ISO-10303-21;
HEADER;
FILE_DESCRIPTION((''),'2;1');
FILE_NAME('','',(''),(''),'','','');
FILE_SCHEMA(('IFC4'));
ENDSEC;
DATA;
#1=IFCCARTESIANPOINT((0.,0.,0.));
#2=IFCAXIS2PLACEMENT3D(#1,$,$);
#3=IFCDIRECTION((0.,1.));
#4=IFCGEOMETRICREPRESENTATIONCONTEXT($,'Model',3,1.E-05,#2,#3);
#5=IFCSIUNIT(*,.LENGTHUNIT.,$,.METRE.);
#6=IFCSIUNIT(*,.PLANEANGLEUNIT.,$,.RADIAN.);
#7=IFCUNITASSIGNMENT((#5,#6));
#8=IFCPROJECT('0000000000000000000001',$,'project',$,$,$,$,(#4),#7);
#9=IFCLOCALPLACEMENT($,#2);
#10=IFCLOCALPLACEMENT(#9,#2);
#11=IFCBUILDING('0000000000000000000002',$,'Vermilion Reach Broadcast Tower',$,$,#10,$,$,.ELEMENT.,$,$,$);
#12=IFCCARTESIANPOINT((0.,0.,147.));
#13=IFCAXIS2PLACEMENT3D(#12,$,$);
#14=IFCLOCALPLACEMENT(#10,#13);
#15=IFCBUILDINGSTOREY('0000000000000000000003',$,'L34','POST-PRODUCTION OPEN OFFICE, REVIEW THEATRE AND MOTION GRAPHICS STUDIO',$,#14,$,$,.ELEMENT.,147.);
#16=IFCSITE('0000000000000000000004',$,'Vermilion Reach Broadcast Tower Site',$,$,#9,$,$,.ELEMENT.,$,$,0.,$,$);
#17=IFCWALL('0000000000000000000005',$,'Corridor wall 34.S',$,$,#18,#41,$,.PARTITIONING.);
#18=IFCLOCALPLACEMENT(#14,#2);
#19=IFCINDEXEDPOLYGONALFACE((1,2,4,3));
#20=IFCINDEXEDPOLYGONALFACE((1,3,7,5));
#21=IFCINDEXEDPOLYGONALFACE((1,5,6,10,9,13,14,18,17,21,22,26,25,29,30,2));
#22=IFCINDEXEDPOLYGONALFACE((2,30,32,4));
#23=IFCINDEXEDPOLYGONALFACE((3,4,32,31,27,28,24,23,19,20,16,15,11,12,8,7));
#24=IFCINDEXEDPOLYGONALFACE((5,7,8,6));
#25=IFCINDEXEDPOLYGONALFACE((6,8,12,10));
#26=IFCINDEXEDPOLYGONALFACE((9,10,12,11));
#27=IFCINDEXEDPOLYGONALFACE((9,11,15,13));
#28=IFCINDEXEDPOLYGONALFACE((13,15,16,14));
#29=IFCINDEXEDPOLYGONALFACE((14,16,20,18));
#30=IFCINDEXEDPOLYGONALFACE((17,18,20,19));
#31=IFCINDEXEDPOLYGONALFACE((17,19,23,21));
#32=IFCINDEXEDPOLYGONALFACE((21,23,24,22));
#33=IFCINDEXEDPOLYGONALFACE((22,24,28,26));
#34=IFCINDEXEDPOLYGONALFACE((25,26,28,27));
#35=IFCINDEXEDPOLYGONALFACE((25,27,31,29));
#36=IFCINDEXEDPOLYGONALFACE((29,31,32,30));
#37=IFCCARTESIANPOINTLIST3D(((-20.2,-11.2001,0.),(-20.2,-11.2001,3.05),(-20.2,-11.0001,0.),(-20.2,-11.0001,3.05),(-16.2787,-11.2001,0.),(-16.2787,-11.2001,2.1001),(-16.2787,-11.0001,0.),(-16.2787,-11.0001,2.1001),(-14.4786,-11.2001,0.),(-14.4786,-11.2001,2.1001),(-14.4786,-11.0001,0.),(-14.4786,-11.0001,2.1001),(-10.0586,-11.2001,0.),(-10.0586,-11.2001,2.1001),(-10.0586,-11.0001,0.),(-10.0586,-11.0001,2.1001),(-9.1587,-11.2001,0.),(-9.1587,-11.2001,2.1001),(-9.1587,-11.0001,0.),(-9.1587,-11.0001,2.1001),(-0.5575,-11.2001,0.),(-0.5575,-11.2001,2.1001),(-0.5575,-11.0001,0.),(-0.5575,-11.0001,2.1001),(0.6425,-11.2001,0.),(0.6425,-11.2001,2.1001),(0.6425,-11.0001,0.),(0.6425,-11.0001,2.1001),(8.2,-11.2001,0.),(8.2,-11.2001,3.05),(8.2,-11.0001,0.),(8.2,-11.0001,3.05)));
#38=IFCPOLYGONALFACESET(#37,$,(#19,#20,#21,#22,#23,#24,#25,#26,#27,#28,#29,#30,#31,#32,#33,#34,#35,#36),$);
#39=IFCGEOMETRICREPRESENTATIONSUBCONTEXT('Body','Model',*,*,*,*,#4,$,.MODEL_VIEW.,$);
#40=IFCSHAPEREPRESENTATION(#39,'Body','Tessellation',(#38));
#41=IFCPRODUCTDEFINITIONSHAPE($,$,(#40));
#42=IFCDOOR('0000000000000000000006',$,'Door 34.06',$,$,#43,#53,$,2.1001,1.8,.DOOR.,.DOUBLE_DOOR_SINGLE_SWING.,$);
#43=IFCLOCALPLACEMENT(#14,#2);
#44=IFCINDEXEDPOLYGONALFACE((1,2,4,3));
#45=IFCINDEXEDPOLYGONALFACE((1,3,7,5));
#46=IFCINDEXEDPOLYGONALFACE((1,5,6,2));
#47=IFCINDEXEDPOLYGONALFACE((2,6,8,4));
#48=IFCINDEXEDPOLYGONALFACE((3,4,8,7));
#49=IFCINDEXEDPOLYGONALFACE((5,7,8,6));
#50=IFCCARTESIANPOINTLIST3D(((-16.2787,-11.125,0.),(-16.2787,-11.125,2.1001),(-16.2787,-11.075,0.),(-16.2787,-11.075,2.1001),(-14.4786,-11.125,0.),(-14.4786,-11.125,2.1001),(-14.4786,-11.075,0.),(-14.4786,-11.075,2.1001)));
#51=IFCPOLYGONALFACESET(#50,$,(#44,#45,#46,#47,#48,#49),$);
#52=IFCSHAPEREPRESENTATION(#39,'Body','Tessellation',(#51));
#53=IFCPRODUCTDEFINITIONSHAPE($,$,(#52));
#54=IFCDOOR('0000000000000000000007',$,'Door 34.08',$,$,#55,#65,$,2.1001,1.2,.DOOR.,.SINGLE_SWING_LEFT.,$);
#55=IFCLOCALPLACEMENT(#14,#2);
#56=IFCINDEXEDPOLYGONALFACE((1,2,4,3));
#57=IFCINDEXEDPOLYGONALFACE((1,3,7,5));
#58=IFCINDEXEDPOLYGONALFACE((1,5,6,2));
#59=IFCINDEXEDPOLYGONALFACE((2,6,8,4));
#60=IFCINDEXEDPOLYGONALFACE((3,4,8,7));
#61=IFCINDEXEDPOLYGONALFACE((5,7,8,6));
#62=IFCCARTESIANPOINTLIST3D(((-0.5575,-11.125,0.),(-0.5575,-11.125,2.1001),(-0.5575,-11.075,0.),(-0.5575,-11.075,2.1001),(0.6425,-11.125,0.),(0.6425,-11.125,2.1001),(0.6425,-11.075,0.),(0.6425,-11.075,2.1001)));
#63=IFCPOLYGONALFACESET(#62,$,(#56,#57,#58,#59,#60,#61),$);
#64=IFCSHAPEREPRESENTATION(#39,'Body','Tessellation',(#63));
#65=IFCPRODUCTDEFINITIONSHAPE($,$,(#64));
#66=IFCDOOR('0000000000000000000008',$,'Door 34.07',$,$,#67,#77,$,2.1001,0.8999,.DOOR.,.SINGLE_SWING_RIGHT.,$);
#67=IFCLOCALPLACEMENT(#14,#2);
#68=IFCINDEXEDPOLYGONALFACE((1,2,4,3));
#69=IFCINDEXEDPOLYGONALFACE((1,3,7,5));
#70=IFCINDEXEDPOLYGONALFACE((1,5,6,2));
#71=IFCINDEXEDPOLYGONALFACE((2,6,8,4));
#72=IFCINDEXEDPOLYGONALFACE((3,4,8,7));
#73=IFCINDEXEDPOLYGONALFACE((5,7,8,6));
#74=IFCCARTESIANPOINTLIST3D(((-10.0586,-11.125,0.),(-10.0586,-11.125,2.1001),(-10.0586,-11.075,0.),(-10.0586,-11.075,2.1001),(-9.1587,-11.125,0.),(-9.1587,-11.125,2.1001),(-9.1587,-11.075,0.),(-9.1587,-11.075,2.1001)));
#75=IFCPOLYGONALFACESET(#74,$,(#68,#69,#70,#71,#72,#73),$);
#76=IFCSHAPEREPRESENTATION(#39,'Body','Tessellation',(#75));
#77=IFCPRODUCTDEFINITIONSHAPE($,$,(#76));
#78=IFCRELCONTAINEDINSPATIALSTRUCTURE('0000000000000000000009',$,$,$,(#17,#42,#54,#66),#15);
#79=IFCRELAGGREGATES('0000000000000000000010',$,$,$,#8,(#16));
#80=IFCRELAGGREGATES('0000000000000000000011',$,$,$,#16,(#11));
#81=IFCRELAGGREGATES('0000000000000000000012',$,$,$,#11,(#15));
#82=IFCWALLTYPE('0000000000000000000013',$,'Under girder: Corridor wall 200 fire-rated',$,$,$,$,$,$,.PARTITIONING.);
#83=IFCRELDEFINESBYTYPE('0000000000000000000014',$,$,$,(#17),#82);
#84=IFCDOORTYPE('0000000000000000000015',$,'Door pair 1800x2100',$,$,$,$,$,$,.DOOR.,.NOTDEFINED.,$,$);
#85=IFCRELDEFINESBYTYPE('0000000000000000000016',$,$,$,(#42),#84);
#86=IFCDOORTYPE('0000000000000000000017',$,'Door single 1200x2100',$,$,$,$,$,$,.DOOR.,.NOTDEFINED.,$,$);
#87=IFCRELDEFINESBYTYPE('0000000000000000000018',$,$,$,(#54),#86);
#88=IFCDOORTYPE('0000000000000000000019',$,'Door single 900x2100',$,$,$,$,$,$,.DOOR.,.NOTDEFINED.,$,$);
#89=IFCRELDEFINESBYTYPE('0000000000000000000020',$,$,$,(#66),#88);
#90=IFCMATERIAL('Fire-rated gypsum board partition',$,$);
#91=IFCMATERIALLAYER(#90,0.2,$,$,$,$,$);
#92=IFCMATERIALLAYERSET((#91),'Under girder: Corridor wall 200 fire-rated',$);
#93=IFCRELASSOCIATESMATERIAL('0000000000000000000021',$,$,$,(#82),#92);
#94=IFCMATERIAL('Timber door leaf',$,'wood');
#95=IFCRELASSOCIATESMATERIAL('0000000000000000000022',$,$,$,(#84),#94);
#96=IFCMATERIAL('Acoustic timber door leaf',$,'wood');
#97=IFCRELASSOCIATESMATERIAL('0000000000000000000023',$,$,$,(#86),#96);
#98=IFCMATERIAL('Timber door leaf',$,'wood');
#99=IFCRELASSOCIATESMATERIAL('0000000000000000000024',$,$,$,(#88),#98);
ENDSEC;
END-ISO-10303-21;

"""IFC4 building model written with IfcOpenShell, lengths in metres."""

from ifc_helpers import new_model, si_unit, direction, frame, frame_2d, origin, place, context, subcontext, project, spatial, rectangle, extrude, material, layer, layer_set, type_object, element, fill, save


model = new_model("IFC4")

# Units and contexts
model_context = context("Model", 3, precision=1e-05, world=origin(), true_north=direction((0.0, 1.0)))
body_context = subcontext(model_context, "Body", "Model", "MODEL_VIEW")
ifc_project = project(units=[si_unit("LENGTHUNIT", "METRE"), si_unit("PLANEANGLEUNIT", "RADIAN")], contexts=[model_context])

# Site, building, storey
site_placement = place(None, origin())
site = spatial("IfcSite", under=ifc_project, at=site_placement, Name="Vermilion Reach Broadcast Tower Site", CompositionType="ELEMENT", RefElevation=0.0)
building_placement = place(site_placement, origin())
building = spatial("IfcBuilding", under=site, at=building_placement, Name="Vermilion Reach Broadcast Tower", CompositionType="ELEMENT")
storey_placement = place(building_placement, frame((0.0, 0.0, 147.0)))
storey = spatial("IfcBuildingStorey", under=building, at=storey_placement, Name="L34", Description="POST-PRODUCTION OPEN OFFICE, REVIEW THEATRE AND MOTION GRAPHICS STUDIO", CompositionType="ELEMENT", Elevation=147.0)

# Wall, openings, doors
ifc_material_1 = material(Name="Fire-rated gypsum board partition")
ifc_layer_1 = layer(ifc_material_1, 0.2)
ifc_layer_set_1 = layer_set([ifc_layer_1], Name="Under girder: Corridor wall 200 fire-rated")
wall_type_1 = type_object("IfcWallType", Name="Under girder: Corridor wall 200 fire-rated", PredefinedType="PARTITIONING", material=ifc_layer_set_1)
wall_1_placement = place(storey_placement, frame((8.2, -11.1001, 0.0), z_axis=(0.0, 0.0, 1.0), x_axis=(-1.0, 0.0, 0.0)))
wall_1 = element("IfcWall", 1, at=wall_1_placement, inside=storey, type_object=wall_type_1, Name="Corridor wall 34.S", PredefinedType="PARTITIONING", context=body_context, shape_type="SweptSolid", body=[
    extrude(rectangle(XDim=28.3999, YDim=0.2, at=frame_2d((14.2, 0.0))), origin(), (0.0, 0.0, 1.0), 3.05),
])
opening_1_placement = place(wall_1_placement, frame((22.6787, 0.0, 0.0)))
opening_1 = element("IfcOpeningElement", 2, at=opening_1_placement, cuts=wall_1, PredefinedType="OPENING", context=body_context, shape_type="SweptSolid", body=[
    extrude(rectangle(XDim=1.8, YDim=2.1001, at=frame_2d((0.8999, 1.05))), frame((0.0, 0.1099, 0.0), z_axis=(0.0, -1.0, 0.0), x_axis=(1.0, 0.0, 0.0)), (0.0, 0.0, 1.0), 0.22),
])
opening_2_placement = place(wall_1_placement, frame((17.3586, 0.0, 0.0)))
opening_2 = element("IfcOpeningElement", 3, at=opening_2_placement, cuts=wall_1, PredefinedType="OPENING", context=body_context, shape_type="SweptSolid", body=[
    extrude(rectangle(XDim=0.8999, YDim=2.1001, at=frame_2d((0.45, 1.05))), frame((0.0, 0.1099, 0.0), z_axis=(0.0, -1.0, 0.0), x_axis=(1.0, 0.0, 0.0)), (0.0, 0.0, 1.0), 0.22),
])
opening_3_placement = place(wall_1_placement, frame((7.5574, 0.0, 0.0)))
opening_3 = element("IfcOpeningElement", 4, at=opening_3_placement, cuts=wall_1, PredefinedType="OPENING", context=body_context, shape_type="SweptSolid", body=[
    extrude(rectangle(XDim=1.2, YDim=2.1001, at=frame_2d((0.6001, 1.05))), frame((0.0, 0.1099, 0.0), z_axis=(0.0, -1.0, 0.0), x_axis=(1.0, 0.0, 0.0)), (0.0, 0.0, 1.0), 0.22),
])
ifc_material_2 = material(Name="Timber door leaf", Category="wood")
door_type_1 = type_object("IfcDoorType", Name="Door pair 1800x2100", OperationType="NOTDEFINED", PredefinedType="DOOR", material=ifc_material_2)
door_1_placement = place(opening_1_placement, origin())
door_1 = element("IfcDoor", 5, at=door_1_placement, inside=storey, type_object=door_type_1, Name="Door 34.06", OperationType="DOUBLE_DOOR_SINGLE_SWING", OverallHeight=2.1001, OverallWidth=1.8, PredefinedType="DOOR", context=body_context, shape_type="SweptSolid", body=[
    extrude(rectangle(XDim=1.8, YDim=2.1001, at=frame_2d((0.8999, 1.05))), frame((0.0, 0.0249, 0.0), z_axis=(0.0, -1.0, 0.0), x_axis=(1.0, 0.0, 0.0)), (0.0, 0.0, 1.0), 0.05),
])
fill(opening_1, door_1)
ifc_material_3 = material(Name="Acoustic timber door leaf", Category="wood")
door_type_2 = type_object("IfcDoorType", Name="Door single 1200x2100", OperationType="NOTDEFINED", PredefinedType="DOOR", material=ifc_material_3)
door_2_placement = place(opening_3_placement, origin())
door_2 = element("IfcDoor", 6, at=door_2_placement, inside=storey, type_object=door_type_2, Name="Door 34.08", OperationType="SINGLE_SWING_LEFT", OverallHeight=2.1001, OverallWidth=1.2, PredefinedType="DOOR", context=body_context, shape_type="SweptSolid", body=[
    extrude(rectangle(XDim=1.2, YDim=2.1001, at=frame_2d((0.6001, 1.05))), frame((0.0, 0.0249, 0.0), z_axis=(0.0, -1.0, 0.0), x_axis=(1.0, 0.0, 0.0)), (0.0, 0.0, 1.0), 0.05),
])
fill(opening_3, door_2)
ifc_material_4 = material(Name="Timber door leaf", Category="wood")
door_type_3 = type_object("IfcDoorType", Name="Door single 900x2100", OperationType="NOTDEFINED", PredefinedType="DOOR", material=ifc_material_4)
door_3_placement = place(opening_2_placement, origin())
door_3 = element("IfcDoor", 7, at=door_3_placement, inside=storey, type_object=door_type_3, Name="Door 34.07", OperationType="SINGLE_SWING_RIGHT", OverallHeight=2.1001, OverallWidth=0.8999, PredefinedType="DOOR", context=body_context, shape_type="SweptSolid", body=[
    extrude(rectangle(XDim=0.8999, YDim=2.1001, at=frame_2d((0.45, 1.05))), frame((0.0, 0.0249, 0.0), z_axis=(0.0, -1.0, 0.0), x_axis=(1.0, 0.0, 0.0)), (0.0, 0.0, 1.0), 0.05),
])
fill(opening_2, door_3)

save(model, "model.ifc")
